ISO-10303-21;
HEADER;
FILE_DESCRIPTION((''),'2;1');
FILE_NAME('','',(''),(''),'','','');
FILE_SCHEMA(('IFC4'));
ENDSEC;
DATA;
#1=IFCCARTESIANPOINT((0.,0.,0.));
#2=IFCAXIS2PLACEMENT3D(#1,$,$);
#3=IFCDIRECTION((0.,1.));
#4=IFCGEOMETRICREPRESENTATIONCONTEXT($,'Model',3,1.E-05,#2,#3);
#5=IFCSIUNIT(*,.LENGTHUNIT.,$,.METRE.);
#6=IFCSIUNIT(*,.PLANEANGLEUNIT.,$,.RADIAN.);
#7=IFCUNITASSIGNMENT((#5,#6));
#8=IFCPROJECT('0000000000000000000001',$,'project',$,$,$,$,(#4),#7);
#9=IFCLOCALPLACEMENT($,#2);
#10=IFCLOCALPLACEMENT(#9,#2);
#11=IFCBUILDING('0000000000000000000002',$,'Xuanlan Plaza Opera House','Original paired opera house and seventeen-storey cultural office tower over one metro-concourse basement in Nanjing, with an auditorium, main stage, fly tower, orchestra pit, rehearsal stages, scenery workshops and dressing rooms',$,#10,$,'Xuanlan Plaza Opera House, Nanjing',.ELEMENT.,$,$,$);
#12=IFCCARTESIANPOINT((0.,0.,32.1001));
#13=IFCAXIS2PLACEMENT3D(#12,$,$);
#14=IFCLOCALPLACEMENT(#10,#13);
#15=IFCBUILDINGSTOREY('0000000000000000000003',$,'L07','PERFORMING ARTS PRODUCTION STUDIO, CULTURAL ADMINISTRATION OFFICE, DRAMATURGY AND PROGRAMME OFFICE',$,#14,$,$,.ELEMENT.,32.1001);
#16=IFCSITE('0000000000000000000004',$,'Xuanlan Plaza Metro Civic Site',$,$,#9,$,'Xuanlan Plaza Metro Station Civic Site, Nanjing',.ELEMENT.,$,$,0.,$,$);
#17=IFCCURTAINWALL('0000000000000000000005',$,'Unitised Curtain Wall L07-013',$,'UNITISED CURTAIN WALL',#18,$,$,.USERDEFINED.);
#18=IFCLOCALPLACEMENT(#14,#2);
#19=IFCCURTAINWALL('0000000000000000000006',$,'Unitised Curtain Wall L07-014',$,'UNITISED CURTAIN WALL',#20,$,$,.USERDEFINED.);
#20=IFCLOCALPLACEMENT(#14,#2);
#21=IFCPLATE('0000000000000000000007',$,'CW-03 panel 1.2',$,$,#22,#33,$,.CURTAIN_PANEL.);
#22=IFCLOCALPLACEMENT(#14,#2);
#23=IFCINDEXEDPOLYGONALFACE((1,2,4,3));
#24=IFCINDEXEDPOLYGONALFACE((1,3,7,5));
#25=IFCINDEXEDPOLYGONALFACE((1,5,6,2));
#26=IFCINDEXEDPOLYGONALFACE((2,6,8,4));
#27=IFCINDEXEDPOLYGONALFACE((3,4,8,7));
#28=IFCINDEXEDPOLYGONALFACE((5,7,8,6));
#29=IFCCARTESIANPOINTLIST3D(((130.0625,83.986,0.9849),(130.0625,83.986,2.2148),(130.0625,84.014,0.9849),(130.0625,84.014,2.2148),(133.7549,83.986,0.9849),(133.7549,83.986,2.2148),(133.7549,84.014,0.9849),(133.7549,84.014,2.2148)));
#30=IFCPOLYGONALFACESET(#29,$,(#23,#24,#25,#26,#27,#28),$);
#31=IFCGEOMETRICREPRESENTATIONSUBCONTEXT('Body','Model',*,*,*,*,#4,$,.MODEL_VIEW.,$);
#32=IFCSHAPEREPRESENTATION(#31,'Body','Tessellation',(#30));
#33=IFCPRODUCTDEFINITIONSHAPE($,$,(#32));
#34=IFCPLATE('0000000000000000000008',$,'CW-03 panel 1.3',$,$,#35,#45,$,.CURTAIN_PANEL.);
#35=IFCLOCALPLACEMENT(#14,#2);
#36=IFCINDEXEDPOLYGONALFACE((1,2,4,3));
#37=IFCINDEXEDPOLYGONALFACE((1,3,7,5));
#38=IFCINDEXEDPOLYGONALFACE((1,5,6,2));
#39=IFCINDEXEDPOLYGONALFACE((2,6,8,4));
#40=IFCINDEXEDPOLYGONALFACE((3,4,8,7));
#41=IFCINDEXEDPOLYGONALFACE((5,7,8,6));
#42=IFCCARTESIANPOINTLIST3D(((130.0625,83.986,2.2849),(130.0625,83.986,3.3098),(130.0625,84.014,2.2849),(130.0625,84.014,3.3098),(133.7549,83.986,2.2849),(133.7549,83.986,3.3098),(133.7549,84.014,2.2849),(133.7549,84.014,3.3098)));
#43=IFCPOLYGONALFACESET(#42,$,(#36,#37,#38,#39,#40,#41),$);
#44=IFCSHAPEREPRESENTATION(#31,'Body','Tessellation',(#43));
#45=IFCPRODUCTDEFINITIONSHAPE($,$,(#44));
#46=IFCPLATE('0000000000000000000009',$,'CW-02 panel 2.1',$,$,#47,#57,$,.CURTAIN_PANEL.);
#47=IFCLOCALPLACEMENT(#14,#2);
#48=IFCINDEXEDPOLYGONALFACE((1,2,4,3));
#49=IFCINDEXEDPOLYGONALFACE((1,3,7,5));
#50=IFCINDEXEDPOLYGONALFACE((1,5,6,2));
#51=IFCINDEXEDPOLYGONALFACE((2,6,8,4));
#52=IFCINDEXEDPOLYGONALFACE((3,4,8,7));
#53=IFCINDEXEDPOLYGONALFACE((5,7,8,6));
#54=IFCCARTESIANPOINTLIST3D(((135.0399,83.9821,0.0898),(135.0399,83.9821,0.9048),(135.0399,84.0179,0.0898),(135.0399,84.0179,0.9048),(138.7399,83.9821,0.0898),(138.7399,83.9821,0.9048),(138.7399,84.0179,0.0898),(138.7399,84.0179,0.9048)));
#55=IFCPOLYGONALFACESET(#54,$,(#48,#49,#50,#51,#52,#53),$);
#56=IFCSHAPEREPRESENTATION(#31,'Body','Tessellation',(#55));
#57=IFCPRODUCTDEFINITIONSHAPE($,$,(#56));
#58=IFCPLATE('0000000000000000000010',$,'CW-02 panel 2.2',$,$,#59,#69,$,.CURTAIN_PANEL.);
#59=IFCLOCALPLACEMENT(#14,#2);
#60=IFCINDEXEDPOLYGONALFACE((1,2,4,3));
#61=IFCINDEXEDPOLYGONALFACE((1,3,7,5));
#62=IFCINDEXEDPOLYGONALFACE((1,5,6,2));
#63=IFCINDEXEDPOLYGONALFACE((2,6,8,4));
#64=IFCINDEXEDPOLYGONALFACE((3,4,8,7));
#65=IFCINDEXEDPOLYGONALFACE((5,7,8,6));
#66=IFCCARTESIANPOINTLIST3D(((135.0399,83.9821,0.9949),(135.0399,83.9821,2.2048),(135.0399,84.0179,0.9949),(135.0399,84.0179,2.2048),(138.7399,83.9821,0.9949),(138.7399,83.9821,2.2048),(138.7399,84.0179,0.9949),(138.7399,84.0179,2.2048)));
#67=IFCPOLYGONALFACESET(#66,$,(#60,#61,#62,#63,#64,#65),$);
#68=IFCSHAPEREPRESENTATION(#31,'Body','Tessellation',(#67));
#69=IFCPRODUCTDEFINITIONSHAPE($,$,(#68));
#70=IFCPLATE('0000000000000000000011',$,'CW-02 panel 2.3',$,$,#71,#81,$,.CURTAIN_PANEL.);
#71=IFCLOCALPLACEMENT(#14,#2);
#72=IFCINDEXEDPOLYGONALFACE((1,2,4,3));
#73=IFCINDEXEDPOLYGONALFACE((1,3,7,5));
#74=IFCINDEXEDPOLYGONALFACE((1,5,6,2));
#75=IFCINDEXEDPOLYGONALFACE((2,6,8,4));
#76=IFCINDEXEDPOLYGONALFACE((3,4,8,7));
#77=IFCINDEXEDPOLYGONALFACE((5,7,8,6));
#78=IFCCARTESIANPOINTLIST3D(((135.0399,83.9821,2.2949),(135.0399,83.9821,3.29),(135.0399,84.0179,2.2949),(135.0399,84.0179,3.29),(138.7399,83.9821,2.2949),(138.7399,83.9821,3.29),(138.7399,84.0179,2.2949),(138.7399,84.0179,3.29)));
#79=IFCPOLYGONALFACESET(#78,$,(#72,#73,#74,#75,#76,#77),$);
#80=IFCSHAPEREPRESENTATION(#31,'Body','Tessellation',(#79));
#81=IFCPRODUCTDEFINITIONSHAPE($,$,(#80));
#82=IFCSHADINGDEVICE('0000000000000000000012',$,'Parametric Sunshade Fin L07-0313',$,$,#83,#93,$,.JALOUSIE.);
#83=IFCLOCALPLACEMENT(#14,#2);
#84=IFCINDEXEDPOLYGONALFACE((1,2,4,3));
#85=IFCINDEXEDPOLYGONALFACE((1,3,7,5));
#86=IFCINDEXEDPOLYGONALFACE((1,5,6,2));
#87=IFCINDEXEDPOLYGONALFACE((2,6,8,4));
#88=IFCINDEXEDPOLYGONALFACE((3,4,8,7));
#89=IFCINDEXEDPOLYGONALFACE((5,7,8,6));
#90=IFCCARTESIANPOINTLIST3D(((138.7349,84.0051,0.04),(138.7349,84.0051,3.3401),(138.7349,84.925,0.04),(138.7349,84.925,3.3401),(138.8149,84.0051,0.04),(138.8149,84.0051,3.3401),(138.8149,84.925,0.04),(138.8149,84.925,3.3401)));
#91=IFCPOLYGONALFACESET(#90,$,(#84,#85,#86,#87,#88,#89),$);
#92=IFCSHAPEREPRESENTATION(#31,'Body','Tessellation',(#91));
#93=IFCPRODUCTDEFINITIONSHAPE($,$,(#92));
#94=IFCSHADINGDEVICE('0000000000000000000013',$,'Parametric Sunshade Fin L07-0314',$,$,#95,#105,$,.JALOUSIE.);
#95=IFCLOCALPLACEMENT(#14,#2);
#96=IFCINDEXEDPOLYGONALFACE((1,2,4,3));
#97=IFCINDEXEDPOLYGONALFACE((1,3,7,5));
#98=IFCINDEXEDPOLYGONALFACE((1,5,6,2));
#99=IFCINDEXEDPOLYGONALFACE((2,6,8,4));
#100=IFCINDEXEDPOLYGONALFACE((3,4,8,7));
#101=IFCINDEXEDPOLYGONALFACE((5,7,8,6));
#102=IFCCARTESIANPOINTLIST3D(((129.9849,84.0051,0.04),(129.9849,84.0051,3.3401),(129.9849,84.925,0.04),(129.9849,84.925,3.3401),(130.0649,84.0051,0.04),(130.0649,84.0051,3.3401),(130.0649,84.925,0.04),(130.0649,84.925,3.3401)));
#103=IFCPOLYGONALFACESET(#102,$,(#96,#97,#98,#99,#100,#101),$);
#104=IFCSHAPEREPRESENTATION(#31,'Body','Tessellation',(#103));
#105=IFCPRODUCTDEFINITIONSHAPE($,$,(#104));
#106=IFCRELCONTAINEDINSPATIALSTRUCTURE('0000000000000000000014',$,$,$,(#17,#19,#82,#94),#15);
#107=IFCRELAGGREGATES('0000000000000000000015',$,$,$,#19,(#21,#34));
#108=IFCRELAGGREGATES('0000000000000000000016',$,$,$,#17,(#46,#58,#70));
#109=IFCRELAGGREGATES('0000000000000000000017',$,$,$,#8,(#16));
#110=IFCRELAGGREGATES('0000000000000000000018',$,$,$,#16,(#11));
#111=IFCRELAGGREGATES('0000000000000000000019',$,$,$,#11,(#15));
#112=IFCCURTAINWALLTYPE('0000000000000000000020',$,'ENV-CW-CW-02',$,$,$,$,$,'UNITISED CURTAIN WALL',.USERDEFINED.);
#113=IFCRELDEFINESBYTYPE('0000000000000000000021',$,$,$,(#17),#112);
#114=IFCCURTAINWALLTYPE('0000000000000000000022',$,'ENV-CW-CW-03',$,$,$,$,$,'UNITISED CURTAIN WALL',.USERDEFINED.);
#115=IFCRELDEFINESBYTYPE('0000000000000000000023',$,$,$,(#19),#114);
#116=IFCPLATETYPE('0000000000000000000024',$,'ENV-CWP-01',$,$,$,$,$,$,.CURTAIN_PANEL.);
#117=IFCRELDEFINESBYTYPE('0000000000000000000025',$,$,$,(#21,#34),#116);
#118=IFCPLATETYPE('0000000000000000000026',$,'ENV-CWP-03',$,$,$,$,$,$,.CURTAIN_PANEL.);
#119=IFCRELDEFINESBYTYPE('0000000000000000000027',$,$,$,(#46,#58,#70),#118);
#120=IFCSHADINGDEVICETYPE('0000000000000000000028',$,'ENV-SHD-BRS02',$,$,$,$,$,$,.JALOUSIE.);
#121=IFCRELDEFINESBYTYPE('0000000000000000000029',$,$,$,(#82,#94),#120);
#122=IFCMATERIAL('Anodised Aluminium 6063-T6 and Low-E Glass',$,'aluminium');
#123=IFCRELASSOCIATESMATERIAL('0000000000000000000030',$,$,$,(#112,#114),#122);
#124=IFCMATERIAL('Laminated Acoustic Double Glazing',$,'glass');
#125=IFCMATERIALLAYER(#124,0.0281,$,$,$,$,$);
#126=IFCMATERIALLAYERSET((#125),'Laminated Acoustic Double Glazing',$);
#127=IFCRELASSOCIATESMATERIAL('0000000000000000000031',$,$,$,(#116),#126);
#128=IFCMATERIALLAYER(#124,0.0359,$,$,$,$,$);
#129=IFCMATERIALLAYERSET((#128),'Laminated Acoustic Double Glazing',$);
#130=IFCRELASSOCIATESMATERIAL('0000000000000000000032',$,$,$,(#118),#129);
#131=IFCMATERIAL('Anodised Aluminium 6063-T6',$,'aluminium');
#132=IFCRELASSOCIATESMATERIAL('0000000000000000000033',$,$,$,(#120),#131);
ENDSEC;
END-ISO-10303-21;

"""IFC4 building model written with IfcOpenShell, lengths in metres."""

from ifc_helpers import new_model, si_unit, direction, frame, origin, origin_2d, place, context, subcontext, project, spatial, rectangle, extrude, material, layer, layer_set, type_object, element, aggregate, save


model = new_model("IFC4")

# Units and contexts
model_context = context("Model", 3, precision=1e-05, world=origin(), true_north=direction((0.0, 1.0)))
body_context = subcontext(model_context, "Body", "Model", "MODEL_VIEW")
ifc_project = project(units=[si_unit("LENGTHUNIT", "METRE"), si_unit("PLANEANGLEUNIT", "RADIAN")], contexts=[model_context])

# Site, building, storey
site_placement = place(None, origin())
site = spatial("IfcSite", under=ifc_project, at=site_placement, Name="Xuanlan Plaza Metro Civic Site", LongName="Xuanlan Plaza Metro Station Civic Site, Nanjing", CompositionType="ELEMENT", RefElevation=0.0)
building_placement = place(site_placement, origin())
building = spatial("IfcBuilding", under=site, at=building_placement, Name="Xuanlan Plaza Opera House", Description="Original paired opera house and seventeen-storey cultural office tower over one metro-concourse basement in Nanjing, with an auditorium, main stage, fly tower, orchestra pit, rehearsal stages, scenery workshops and dressing rooms", LongName="Xuanlan Plaza Opera House, Nanjing", CompositionType="ELEMENT")
storey_placement = place(building_placement, frame((0.0, 0.0, 32.1001)))
storey = spatial("IfcBuildingStorey", under=building, at=storey_placement, Name="L07", Description="PERFORMING ARTS PRODUCTION STUDIO, CULTURAL ADMINISTRATION OFFICE, DRAMATURGY AND PROGRAMME OFFICE", CompositionType="ELEMENT", Elevation=32.1001)

# Curtain walls
ifc_material_1 = material(Name="Anodised Aluminium 6063-T6 and Low-E Glass", Category="aluminium")
curtain_wall_type_1 = type_object("IfcCurtainWallType", Name="ENV-CW-CW-02", ElementType="UNITISED CURTAIN WALL", PredefinedType="USERDEFINED", material=ifc_material_1)
curtain_wall_1_placement = place(storey_placement, origin())
curtain_wall_1 = element("IfcCurtainWall", 1, at=curtain_wall_1_placement, inside=storey, type_object=curtain_wall_type_1, Name="Unitised Curtain Wall L07-013", ObjectType="UNITISED CURTAIN WALL", PredefinedType="USERDEFINED")
ifc_material_2 = material(Name="Anodised Aluminium 6063-T6", Category="aluminium")
curtain_wall_type_2 = type_object("IfcCurtainWallType", Name="ENV-CW-CW-03", ElementType="UNITISED CURTAIN WALL", PredefinedType="USERDEFINED", material=ifc_material_1)
curtain_wall_2_placement = place(storey_placement, origin())
curtain_wall_2 = element("IfcCurtainWall", 2, at=curtain_wall_2_placement, inside=storey, type_object=curtain_wall_type_2, Name="Unitised Curtain Wall L07-014", ObjectType="UNITISED CURTAIN WALL", PredefinedType="USERDEFINED")

# Plates
ifc_material_3 = material(Name="Laminated Acoustic Double Glazing", Category="glass")
ifc_layer_1 = layer(ifc_material_3, 0.0281)
ifc_layer_set_1 = layer_set([ifc_layer_1], Name="Laminated Acoustic Double Glazing")
plate_type_1 = type_object("IfcPlateType", Name="ENV-CWP-01", PredefinedType="CURTAIN_PANEL", material=ifc_layer_set_1)
plate_1_placement = place(storey_placement, frame((131.9087, 84.0, 0.9849), z_axis=(0.0, 0.0, 1.0), x_axis=(-1.0, 0.0, 0.0)))
plate_1 = element("IfcPlate", 3, at=plate_1_placement, type_object=plate_type_1, Name="CW-03 panel 1.2", PredefinedType="CURTAIN_PANEL", context=body_context, shape_type="SweptSolid", body=[
    extrude(rectangle(XDim=3.6924, YDim=0.0281, at=origin_2d()), origin(), (0.0, 0.0, 1.0), 1.23),
])
plate_2_placement = place(storey_placement, frame((131.9087, 84.0, 2.2849), z_axis=(0.0, 0.0, 1.0), x_axis=(-1.0, 0.0, 0.0)))
plate_2 = element("IfcPlate", 4, at=plate_2_placement, type_object=plate_type_1, Name="CW-03 panel 1.3", PredefinedType="CURTAIN_PANEL", context=body_context, shape_type="SweptSolid", body=[
    extrude(rectangle(XDim=3.6924, YDim=0.0281, at=origin_2d()), origin(), (0.0, 0.0, 1.0), 1.0249),
])
aggregate(curtain_wall_2, [plate_1, plate_2])
ifc_layer_2 = layer(ifc_material_3, 0.0359)
ifc_layer_set_2 = layer_set([ifc_layer_2], Name="Laminated Acoustic Double Glazing")
plate_type_2 = type_object("IfcPlateType", Name="ENV-CWP-03", PredefinedType="CURTAIN_PANEL", material=ifc_layer_set_2)
plate_3_placement = place(storey_placement, frame((136.8899, 84.0, 0.0898), z_axis=(0.0, 0.0, 1.0), x_axis=(-1.0, 0.0, 0.0)))
plate_3 = element("IfcPlate", 5, at=plate_3_placement, type_object=plate_type_2, Name="CW-02 panel 2.1", PredefinedType="CURTAIN_PANEL", context=body_context, shape_type="SweptSolid", body=[
    extrude(rectangle(XDim=3.7, YDim=0.0359, at=origin_2d()), origin(), (0.0, 0.0, 1.0), 0.8149),
])
plate_4_placement = place(storey_placement, frame((136.8899, 84.0, 0.9949), z_axis=(0.0, 0.0, 1.0), x_axis=(-1.0, 0.0, 0.0)))
plate_4 = element("IfcPlate", 6, at=plate_4_placement, type_object=plate_type_2, Name="CW-02 panel 2.2", PredefinedType="CURTAIN_PANEL", context=body_context, shape_type="SweptSolid", body=[
    extrude(rectangle(XDim=3.7, YDim=0.0359, at=origin_2d()), origin(), (0.0, 0.0, 1.0), 1.21),
])
plate_5_placement = place(storey_placement, frame((136.8899, 84.0, 2.2949), z_axis=(0.0, 0.0, 1.0), x_axis=(-1.0, 0.0, 0.0)))
plate_5 = element("IfcPlate", 7, at=plate_5_placement, type_object=plate_type_2, Name="CW-02 panel 2.3", PredefinedType="CURTAIN_PANEL", context=body_context, shape_type="SweptSolid", body=[
    extrude(rectangle(XDim=3.7, YDim=0.0359, at=origin_2d()), origin(), (0.0, 0.0, 1.0), 0.9951),
])
aggregate(curtain_wall_1, [plate_3, plate_4, plate_5])

# Shading devices
shading_device_type = type_object("IfcShadingDeviceType", Name="ENV-SHD-BRS02", PredefinedType="JALOUSIE", material=ifc_material_2)
for number, where, z_axis, x_axis, name in (
    (8, (138.7749, 84.4651, 0.04), (0.0, 0.0, 1.0), (0.0, 1.0, 0.0), "Parametric Sunshade Fin L07-0313"),
    (9, (130.0249, 84.4651, 0.04), (0.0, 0.0, 1.0), (0.0, 1.0, 0.0), "Parametric Sunshade Fin L07-0314"),
):
    element("IfcShadingDevice", number, at=place(storey_placement, frame(where, z_axis=z_axis, x_axis=x_axis)), inside=storey, type_object=shading_device_type, Name=name, PredefinedType="JALOUSIE", context=body_context, shape_type="SweptSolid", body=[
        extrude(rectangle(XDim=0.9199, YDim=0.0801, at=origin_2d()), origin(), (0.0, 0.0, 1.0), 3.3),
    ])

save(model, "model.ifc")
